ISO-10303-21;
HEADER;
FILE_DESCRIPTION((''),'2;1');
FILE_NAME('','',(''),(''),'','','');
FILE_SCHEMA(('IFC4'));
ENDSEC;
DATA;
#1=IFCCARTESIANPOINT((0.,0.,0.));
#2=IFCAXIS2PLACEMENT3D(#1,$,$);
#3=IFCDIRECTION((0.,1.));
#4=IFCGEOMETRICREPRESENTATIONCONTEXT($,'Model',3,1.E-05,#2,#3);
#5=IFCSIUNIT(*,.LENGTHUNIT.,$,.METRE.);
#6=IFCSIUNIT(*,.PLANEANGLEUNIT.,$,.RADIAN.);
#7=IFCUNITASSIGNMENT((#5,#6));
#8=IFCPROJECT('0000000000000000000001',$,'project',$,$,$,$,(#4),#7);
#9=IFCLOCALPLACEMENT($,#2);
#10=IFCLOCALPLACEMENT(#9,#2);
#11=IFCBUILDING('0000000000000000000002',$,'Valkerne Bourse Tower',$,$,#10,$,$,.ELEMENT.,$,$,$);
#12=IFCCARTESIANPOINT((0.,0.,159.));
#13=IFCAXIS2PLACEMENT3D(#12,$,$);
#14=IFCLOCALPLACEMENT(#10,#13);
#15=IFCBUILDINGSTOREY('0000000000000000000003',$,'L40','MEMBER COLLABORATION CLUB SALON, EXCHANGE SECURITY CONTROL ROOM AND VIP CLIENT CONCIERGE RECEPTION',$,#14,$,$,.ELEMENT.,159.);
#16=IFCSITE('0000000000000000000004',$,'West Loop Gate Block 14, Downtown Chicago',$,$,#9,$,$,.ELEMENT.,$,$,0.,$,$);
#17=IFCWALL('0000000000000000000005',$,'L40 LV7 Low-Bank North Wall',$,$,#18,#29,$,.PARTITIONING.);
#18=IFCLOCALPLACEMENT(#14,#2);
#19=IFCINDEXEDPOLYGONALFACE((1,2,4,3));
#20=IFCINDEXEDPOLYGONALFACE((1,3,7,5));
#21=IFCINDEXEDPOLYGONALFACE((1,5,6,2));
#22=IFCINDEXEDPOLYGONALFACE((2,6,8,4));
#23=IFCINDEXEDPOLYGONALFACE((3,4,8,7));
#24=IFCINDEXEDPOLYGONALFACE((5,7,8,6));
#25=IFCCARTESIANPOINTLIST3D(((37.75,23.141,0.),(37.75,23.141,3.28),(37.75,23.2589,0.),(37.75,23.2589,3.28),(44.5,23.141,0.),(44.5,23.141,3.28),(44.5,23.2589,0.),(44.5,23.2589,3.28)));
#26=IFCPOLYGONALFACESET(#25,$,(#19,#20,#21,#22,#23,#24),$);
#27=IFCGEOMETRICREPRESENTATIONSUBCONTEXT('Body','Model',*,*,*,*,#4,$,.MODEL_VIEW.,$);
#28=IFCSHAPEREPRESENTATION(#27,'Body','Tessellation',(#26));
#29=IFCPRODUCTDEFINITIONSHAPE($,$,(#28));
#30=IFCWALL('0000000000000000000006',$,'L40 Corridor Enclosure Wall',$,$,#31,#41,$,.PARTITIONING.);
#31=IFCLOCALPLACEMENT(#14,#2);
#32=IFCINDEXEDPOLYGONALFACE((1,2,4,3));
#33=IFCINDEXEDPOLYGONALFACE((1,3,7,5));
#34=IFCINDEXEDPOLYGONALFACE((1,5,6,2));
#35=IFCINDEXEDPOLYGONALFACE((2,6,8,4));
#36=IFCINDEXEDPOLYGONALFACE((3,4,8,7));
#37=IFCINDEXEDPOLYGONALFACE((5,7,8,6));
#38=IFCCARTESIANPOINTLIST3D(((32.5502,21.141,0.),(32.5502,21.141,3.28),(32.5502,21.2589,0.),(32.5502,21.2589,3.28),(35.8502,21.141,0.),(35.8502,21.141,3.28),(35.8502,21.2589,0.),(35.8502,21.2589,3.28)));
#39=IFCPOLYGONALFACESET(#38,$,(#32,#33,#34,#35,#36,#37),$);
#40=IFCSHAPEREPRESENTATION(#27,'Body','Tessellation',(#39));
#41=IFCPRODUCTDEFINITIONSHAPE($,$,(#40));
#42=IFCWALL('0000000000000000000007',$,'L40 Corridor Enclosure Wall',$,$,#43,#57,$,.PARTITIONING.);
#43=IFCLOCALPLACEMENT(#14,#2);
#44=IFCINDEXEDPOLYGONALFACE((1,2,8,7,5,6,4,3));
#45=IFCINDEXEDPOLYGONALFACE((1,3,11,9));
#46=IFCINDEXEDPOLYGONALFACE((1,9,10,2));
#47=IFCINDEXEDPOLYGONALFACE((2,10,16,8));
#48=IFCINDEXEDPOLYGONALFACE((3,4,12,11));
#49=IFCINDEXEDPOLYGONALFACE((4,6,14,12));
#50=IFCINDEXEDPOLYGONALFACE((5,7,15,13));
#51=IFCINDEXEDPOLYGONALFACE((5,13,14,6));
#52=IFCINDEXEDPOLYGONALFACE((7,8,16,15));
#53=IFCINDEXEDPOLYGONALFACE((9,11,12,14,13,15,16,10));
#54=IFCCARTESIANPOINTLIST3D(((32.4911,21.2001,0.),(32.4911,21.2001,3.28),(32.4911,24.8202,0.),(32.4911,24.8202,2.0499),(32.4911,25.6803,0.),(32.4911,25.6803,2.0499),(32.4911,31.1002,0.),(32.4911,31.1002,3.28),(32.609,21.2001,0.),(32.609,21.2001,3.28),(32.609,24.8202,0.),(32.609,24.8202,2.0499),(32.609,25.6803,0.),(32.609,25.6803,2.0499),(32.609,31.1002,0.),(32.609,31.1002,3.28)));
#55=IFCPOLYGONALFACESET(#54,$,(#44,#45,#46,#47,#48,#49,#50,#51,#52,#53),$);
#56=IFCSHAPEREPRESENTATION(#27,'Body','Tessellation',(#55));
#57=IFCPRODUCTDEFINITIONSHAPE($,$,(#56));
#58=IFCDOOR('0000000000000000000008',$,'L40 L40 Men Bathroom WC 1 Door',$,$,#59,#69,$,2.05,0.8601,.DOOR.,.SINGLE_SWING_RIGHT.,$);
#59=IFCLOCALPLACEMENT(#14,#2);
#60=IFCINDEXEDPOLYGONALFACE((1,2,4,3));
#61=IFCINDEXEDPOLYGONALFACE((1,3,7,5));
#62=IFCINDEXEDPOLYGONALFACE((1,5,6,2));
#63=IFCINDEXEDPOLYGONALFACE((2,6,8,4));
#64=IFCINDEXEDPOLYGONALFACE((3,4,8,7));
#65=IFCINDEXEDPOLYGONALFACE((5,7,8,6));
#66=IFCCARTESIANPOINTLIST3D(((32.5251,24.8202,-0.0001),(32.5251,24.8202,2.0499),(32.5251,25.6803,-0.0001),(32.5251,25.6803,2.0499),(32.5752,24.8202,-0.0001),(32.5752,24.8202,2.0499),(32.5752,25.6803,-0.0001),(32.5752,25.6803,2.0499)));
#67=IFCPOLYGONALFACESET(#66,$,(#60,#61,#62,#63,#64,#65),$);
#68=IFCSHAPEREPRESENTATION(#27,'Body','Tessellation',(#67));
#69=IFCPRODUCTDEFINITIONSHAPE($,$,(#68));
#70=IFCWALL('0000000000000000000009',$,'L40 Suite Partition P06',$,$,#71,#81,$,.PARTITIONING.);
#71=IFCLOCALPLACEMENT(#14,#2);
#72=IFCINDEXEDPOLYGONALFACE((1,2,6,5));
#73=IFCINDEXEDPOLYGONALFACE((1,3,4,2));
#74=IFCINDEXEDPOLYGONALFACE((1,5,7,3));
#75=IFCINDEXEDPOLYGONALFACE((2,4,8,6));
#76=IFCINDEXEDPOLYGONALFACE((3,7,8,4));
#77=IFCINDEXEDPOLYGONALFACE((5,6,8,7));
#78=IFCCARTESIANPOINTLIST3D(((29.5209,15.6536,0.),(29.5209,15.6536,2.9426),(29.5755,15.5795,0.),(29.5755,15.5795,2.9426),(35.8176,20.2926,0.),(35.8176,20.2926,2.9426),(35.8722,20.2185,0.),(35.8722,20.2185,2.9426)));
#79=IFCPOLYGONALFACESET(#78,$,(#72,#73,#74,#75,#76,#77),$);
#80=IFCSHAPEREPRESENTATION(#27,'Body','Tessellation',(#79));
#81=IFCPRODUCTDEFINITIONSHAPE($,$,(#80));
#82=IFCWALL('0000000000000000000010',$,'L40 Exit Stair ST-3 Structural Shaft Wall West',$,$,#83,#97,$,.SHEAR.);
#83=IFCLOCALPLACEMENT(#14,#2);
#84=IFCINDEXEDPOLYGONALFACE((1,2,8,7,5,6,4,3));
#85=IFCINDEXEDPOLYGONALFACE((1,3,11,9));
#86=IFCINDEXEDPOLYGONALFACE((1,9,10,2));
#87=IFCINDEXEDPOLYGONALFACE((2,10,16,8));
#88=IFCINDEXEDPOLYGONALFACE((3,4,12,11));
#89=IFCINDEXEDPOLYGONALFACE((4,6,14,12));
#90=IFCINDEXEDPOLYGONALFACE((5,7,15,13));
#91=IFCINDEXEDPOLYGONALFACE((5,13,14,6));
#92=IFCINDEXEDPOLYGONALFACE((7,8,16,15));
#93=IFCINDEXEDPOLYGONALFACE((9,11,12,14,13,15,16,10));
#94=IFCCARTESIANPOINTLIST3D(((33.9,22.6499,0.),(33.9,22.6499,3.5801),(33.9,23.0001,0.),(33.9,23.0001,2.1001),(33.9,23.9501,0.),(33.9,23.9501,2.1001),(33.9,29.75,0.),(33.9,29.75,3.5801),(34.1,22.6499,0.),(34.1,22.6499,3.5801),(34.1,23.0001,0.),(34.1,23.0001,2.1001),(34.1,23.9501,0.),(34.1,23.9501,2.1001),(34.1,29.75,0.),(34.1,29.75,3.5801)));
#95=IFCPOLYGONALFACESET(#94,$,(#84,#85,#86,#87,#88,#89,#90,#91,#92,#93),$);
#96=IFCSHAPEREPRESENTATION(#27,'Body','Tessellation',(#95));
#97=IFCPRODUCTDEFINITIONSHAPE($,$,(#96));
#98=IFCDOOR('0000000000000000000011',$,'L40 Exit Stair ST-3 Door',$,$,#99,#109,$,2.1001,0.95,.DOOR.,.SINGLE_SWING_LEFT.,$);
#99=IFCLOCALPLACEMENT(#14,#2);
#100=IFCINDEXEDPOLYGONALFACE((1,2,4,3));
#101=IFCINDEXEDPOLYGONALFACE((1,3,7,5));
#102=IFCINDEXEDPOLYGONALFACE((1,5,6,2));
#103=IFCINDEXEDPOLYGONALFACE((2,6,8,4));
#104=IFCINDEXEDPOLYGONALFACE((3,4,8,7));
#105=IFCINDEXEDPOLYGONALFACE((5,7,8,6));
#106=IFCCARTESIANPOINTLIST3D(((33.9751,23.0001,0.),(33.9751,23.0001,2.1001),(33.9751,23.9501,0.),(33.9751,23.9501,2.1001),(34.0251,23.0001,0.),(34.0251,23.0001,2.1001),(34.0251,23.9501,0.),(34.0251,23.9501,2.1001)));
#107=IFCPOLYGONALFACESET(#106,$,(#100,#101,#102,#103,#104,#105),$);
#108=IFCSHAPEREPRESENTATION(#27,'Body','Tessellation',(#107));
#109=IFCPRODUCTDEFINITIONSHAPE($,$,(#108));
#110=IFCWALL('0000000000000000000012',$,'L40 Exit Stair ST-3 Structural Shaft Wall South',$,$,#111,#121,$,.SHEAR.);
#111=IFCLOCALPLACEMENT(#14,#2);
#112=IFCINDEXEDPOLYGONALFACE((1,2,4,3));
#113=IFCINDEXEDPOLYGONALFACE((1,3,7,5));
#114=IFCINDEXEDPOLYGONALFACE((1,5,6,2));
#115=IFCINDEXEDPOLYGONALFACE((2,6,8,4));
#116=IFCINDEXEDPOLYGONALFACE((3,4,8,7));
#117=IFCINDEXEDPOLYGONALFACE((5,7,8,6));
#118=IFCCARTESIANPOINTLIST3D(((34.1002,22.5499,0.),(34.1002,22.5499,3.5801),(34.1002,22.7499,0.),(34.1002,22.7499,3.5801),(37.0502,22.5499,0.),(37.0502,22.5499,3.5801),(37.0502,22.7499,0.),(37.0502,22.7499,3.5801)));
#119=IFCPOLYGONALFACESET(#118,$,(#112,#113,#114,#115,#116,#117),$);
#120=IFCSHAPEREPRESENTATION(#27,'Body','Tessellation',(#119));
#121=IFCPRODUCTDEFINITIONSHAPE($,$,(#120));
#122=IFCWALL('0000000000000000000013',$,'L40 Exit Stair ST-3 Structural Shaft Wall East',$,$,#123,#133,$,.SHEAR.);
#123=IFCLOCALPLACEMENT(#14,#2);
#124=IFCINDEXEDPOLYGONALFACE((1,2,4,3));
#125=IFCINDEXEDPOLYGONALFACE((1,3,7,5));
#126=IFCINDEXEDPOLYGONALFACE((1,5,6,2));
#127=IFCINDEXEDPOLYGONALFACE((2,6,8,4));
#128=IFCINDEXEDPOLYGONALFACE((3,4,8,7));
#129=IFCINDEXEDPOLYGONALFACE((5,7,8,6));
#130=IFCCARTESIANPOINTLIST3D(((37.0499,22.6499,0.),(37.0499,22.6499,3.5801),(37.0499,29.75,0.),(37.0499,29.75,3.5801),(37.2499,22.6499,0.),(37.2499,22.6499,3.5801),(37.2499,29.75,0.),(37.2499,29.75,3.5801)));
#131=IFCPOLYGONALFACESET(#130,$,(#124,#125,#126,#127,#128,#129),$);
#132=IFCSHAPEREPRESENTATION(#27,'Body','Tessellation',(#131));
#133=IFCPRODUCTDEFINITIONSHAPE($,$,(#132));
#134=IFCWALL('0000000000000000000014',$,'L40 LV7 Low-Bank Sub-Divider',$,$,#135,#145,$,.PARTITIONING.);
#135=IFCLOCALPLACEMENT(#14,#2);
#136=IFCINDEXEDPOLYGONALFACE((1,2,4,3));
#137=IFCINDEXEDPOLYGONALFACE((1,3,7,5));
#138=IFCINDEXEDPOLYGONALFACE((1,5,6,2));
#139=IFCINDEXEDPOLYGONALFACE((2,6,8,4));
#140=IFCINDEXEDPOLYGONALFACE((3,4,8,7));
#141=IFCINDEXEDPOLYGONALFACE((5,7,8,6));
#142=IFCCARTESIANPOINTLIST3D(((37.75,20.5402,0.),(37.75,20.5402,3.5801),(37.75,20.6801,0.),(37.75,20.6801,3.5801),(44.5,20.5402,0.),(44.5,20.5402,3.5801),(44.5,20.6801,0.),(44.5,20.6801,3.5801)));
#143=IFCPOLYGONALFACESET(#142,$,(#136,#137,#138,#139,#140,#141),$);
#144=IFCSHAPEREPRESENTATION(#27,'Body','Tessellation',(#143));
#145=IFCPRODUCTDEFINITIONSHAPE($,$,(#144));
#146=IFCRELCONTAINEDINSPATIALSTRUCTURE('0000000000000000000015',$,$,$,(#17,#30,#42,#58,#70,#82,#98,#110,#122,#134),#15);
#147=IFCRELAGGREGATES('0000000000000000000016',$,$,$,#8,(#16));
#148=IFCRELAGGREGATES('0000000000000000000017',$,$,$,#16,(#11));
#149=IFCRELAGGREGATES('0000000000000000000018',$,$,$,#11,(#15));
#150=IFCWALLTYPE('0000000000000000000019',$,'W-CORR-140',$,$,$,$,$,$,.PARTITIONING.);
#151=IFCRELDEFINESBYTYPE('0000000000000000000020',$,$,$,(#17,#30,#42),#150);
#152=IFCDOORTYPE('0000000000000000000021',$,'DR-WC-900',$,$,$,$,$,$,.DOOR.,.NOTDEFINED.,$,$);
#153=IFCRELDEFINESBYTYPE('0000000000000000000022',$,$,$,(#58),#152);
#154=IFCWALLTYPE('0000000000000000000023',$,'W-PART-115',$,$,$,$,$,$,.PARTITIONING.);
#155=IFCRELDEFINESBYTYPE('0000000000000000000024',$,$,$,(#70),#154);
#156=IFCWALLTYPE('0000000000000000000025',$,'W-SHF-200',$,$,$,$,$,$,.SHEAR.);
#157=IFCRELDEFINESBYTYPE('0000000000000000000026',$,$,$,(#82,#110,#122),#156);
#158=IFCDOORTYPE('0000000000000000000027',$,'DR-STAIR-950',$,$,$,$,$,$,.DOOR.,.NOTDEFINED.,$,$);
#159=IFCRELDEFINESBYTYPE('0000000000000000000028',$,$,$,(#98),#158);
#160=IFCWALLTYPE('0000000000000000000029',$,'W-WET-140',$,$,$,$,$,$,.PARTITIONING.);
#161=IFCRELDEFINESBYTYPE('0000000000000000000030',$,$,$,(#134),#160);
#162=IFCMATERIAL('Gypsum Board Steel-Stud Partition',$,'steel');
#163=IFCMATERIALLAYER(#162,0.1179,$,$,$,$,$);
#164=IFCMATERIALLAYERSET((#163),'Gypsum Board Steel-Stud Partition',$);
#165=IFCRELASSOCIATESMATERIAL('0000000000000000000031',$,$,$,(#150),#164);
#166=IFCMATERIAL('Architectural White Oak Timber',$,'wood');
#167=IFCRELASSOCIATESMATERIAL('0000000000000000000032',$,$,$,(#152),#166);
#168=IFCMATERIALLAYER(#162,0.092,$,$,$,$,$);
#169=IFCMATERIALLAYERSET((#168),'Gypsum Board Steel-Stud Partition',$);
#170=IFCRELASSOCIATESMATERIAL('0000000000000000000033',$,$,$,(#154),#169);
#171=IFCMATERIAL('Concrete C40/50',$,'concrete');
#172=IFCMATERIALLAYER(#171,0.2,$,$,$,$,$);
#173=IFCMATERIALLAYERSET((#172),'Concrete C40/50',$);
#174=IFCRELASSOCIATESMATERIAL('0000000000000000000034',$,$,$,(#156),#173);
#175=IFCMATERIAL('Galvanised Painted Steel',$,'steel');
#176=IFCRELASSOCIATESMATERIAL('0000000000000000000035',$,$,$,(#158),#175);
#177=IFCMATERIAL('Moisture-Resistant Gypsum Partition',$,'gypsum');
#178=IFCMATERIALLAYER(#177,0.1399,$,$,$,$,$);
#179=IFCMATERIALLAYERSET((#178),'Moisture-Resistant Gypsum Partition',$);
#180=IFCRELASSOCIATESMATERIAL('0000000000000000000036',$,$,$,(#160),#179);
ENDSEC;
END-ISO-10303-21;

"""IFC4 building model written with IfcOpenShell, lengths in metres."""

from ifc_helpers import new_model, si_unit, direction, frame, frame_2d, origin, place, context, subcontext, project, spatial, rectangle, extrude, material, layer, layer_set, type_object, element, fill, save


model = new_model("IFC4")

# Units and contexts
model_context = context("Model", 3, precision=1e-05, world=origin(), true_north=direction((0.0, 1.0)))
body_context = subcontext(model_context, "Body", "Model", "MODEL_VIEW")
ifc_project = project(units=[si_unit("LENGTHUNIT", "METRE"), si_unit("PLANEANGLEUNIT", "RADIAN")], contexts=[model_context])

# Site, building, storey
site_placement = place(None, origin())
site = spatial("IfcSite", under=ifc_project, at=site_placement, Name="West Loop Gate Block 14, Downtown Chicago", CompositionType="ELEMENT", RefElevation=0.0)
building_placement = place(site_placement, origin())
building = spatial("IfcBuilding", under=site, at=building_placement, Name="Valkerne Bourse Tower", CompositionType="ELEMENT")
storey_placement = place(building_placement, frame((0.0, 0.0, 159.0)))
storey = spatial("IfcBuildingStorey", under=building, at=storey_placement, Name="L40", Description="MEMBER COLLABORATION CLUB SALON, EXCHANGE SECURITY CONTROL ROOM AND VIP CLIENT CONCIERGE RECEPTION", CompositionType="ELEMENT", Elevation=159.0)

# Walls
ifc_material_1 = material(Name="Gypsum Board Steel-Stud Partition", Category="steel")
ifc_layer_1 = layer(ifc_material_1, 0.1179)
ifc_layer_set_1 = layer_set([ifc_layer_1], Name="Gypsum Board Steel-Stud Partition")
wall_type_1 = type_object("IfcWallType", Name="W-CORR-140", PredefinedType="PARTITIONING", material=ifc_layer_set_1)
wall_1_placement = place(storey_placement, frame((37.75, 23.2, 0.0), z_axis=(0.0, 0.0, 1.0), x_axis=(1.0, 0.0, 0.0)))
element("IfcWall", 1, at=wall_1_placement, inside=storey, type_object=wall_type_1, Name="L40 LV7 Low-Bank North Wall", PredefinedType="PARTITIONING", context=body_context, shape_type="SweptSolid", body=[
    extrude(rectangle(XDim=6.75, YDim=0.1179, at=frame_2d((3.375, 0.0))), origin(), (0.0, 0.0, 1.0), 3.28),
])
wall_2_placement = place(storey_placement, frame((35.8501, 21.2, 0.0), z_axis=(0.0, 0.0, 1.0), x_axis=(-1.0, 0.0, 0.0)))
element("IfcWall", 2, at=wall_2_placement, inside=storey, type_object=wall_type_1, Name="L40 Corridor Enclosure Wall", PredefinedType="PARTITIONING", context=body_context, shape_type="SweptSolid", body=[
    extrude(rectangle(XDim=3.3, YDim=0.1179, at=frame_2d((1.6499, 0.0))), origin(), (0.0, 0.0, 1.0), 3.28),
])

# Wall, opening, door
wall_3_placement = place(storey_placement, frame((32.55, 21.2, 0.0), z_axis=(0.0, 0.0, 1.0), x_axis=(0.0, 1.0, 0.0)))
wall_3 = element("IfcWall", 3, at=wall_3_placement, inside=storey, type_object=wall_type_1, Name="L40 Corridor Enclosure Wall", PredefinedType="PARTITIONING", context=body_context, shape_type="SweptSolid", body=[
    extrude(rectangle(XDim=9.9001, YDim=0.1179, at=frame_2d((4.9502, 0.0))), origin(), (0.0, 0.0, 1.0), 3.28),
])
opening_1_placement = place(wall_3_placement, frame((3.6201, 0.0, 0.0)))
opening_1 = element("IfcOpeningElement", 4, at=opening_1_placement, cuts=wall_3, PredefinedType="OPENING", context=body_context, shape_type="SweptSolid", body=[
    extrude(rectangle(XDim=0.8601, YDim=2.05, at=frame_2d((0.4302, 1.0249))), frame((0.0, 0.0688, 0.0), z_axis=(0.0, -1.0, 0.0), x_axis=(1.0, 0.0, 0.0)), (0.0, 0.0, 1.0), 0.1379),
])
ifc_material_2 = material(Name="Architectural White Oak Timber", Category="wood")
door_type_1 = type_object("IfcDoorType", Name="DR-WC-900", OperationType="NOTDEFINED", PredefinedType="DOOR", material=ifc_material_2)
door_1_placement = place(opening_1_placement, origin())
door_1 = element("IfcDoor", 5, at=door_1_placement, inside=storey, type_object=door_type_1, Name="L40 L40 Men Bathroom WC 1 Door", OperationType="SINGLE_SWING_RIGHT", OverallHeight=2.05, OverallWidth=0.8601, PredefinedType="DOOR", context=body_context, shape_type="SweptSolid", body=[
    extrude(rectangle(XDim=0.8601, YDim=2.05, at=frame_2d((0.4302, 1.0249))), frame((0.0, 0.0249, 0.0), z_axis=(0.0, -1.0, 0.0), x_axis=(1.0, 0.0, 0.0)), (0.0, 0.0, 1.0), 0.05),
])
fill(opening_1, door_1)

# Wall
ifc_layer_2 = layer(ifc_material_1, 0.092)
ifc_layer_set_2 = layer_set([ifc_layer_2], Name="Gypsum Board Steel-Stud Partition")
wall_type_2 = type_object("IfcWallType", Name="W-PART-115", PredefinedType="PARTITIONING", material=ifc_layer_set_2)
wall_4_placement = place(storey_placement, frame((35.845, 20.2556, 0.0), z_axis=(0.0, 0.0, 1.0), x_axis=(-0.805099, -0.59314, 0.0)))
element("IfcWall", 6, at=wall_4_placement, inside=storey, type_object=wall_type_2, Name="L40 Suite Partition P06", PredefinedType="PARTITIONING", context=body_context, shape_type="SweptSolid", body=[
    extrude(rectangle(XDim=7.821, YDim=0.092, at=frame_2d((3.9106, 0.0))), origin(), (0.0, 0.0, 1.0), 2.9426),
])

# Wall, opening, door
ifc_material_3 = material(Name="Concrete C40/50", Category="concrete")
ifc_layer_3 = layer(ifc_material_3, 0.2)
ifc_layer_set_3 = layer_set([ifc_layer_3], Name="Concrete C40/50")
wall_type_3 = type_object("IfcWallType", Name="W-SHF-200", PredefinedType="SHEAR", material=ifc_layer_set_3)
wall_5_placement = place(storey_placement, frame((34.0, 22.6499, 0.0), z_axis=(0.0, 0.0, 1.0), x_axis=(0.0, 1.0, 0.0)))
wall_5 = element("IfcWall", 7, at=wall_5_placement, inside=storey, type_object=wall_type_3, Name="L40 Exit Stair ST-3 Structural Shaft Wall West", PredefinedType="SHEAR", context=body_context, shape_type="SweptSolid", body=[
    extrude(rectangle(XDim=7.1001, YDim=0.2, at=frame_2d((3.55, 0.0))), origin(), (0.0, 0.0, 1.0), 3.5801),
])
opening_2_placement = place(wall_5_placement, frame((0.3501, 0.0, 0.0)))
opening_2 = element("IfcOpeningElement", 8, at=opening_2_placement, cuts=wall_5, PredefinedType="OPENING", context=body_context, shape_type="SweptSolid", body=[
    extrude(rectangle(XDim=0.95, YDim=2.1001, at=frame_2d((0.4751, 1.05))), frame((0.0, 0.1099, 0.0), z_axis=(0.0, -1.0, 0.0), x_axis=(1.0, 0.0, 0.0)), (0.0, 0.0, 1.0), 0.22),
])
ifc_material_4 = material(Name="Galvanised Painted Steel", Category="steel")
door_type_2 = type_object("IfcDoorType", Name="DR-STAIR-950", OperationType="NOTDEFINED", PredefinedType="DOOR", material=ifc_material_4)
door_2_placement = place(opening_2_placement, origin())
door_2 = element("IfcDoor", 9, at=door_2_placement, inside=storey, type_object=door_type_2, Name="L40 Exit Stair ST-3 Door", OperationType="SINGLE_SWING_LEFT", OverallHeight=2.1001, OverallWidth=0.95, PredefinedType="DOOR", context=body_context, shape_type="SweptSolid", body=[
    extrude(rectangle(XDim=0.95, YDim=2.1001, at=frame_2d((0.4751, 1.05))), frame((0.0, 0.0249, 0.0), z_axis=(0.0, -1.0, 0.0), x_axis=(1.0, 0.0, 0.0)), (0.0, 0.0, 1.0), 0.05),
])
fill(opening_2, door_2)

# Walls
wall_6_placement = place(storey_placement, frame((34.1001, 22.6499, 0.0), z_axis=(0.0, 0.0, 1.0), x_axis=(1.0, 0.0, 0.0)))
element("IfcWall", 10, at=wall_6_placement, inside=storey, type_object=wall_type_3, Name="L40 Exit Stair ST-3 Structural Shaft Wall South", PredefinedType="SHEAR", context=body_context, shape_type="SweptSolid", body=[
    extrude(rectangle(XDim=2.95, YDim=0.2, at=frame_2d((1.4751, 0.0))), origin(), (0.0, 0.0, 1.0), 3.5801),
])
wall_7_placement = place(storey_placement, frame((37.1499, 22.6499, 0.0), z_axis=(0.0, 0.0, 1.0), x_axis=(0.0, 1.0, 0.0)))
element("IfcWall", 11, at=wall_7_placement, inside=storey, type_object=wall_type_3, Name="L40 Exit Stair ST-3 Structural Shaft Wall East", PredefinedType="SHEAR", context=body_context, shape_type="SweptSolid", body=[
    extrude(rectangle(XDim=7.1001, YDim=0.2, at=frame_2d((3.55, 0.0))), origin(), (0.0, 0.0, 1.0), 3.5801),
])
ifc_material_5 = material(Name="Moisture-Resistant Gypsum Partition", Category="gypsum")
ifc_layer_4 = layer(ifc_material_5, 0.1399)
ifc_layer_set_4 = layer_set([ifc_layer_4], Name="Moisture-Resistant Gypsum Partition")
wall_type_4 = type_object("IfcWallType", Name="W-WET-140", PredefinedType="PARTITIONING", material=ifc_layer_set_4)
wall_8_placement = place(storey_placement, frame((37.75, 20.6101, 0.0), z_axis=(0.0, 0.0, 1.0), x_axis=(1.0, 0.0, 0.0)))
element("IfcWall", 12, at=wall_8_placement, inside=storey, type_object=wall_type_4, Name="L40 LV7 Low-Bank Sub-Divider", PredefinedType="PARTITIONING", context=body_context, shape_type="SweptSolid", body=[
    extrude(rectangle(XDim=6.75, YDim=0.1399, at=frame_2d((3.375, 0.0))), origin(), (0.0, 0.0, 1.0), 3.5801),
])

save(model, "model.ifc")
